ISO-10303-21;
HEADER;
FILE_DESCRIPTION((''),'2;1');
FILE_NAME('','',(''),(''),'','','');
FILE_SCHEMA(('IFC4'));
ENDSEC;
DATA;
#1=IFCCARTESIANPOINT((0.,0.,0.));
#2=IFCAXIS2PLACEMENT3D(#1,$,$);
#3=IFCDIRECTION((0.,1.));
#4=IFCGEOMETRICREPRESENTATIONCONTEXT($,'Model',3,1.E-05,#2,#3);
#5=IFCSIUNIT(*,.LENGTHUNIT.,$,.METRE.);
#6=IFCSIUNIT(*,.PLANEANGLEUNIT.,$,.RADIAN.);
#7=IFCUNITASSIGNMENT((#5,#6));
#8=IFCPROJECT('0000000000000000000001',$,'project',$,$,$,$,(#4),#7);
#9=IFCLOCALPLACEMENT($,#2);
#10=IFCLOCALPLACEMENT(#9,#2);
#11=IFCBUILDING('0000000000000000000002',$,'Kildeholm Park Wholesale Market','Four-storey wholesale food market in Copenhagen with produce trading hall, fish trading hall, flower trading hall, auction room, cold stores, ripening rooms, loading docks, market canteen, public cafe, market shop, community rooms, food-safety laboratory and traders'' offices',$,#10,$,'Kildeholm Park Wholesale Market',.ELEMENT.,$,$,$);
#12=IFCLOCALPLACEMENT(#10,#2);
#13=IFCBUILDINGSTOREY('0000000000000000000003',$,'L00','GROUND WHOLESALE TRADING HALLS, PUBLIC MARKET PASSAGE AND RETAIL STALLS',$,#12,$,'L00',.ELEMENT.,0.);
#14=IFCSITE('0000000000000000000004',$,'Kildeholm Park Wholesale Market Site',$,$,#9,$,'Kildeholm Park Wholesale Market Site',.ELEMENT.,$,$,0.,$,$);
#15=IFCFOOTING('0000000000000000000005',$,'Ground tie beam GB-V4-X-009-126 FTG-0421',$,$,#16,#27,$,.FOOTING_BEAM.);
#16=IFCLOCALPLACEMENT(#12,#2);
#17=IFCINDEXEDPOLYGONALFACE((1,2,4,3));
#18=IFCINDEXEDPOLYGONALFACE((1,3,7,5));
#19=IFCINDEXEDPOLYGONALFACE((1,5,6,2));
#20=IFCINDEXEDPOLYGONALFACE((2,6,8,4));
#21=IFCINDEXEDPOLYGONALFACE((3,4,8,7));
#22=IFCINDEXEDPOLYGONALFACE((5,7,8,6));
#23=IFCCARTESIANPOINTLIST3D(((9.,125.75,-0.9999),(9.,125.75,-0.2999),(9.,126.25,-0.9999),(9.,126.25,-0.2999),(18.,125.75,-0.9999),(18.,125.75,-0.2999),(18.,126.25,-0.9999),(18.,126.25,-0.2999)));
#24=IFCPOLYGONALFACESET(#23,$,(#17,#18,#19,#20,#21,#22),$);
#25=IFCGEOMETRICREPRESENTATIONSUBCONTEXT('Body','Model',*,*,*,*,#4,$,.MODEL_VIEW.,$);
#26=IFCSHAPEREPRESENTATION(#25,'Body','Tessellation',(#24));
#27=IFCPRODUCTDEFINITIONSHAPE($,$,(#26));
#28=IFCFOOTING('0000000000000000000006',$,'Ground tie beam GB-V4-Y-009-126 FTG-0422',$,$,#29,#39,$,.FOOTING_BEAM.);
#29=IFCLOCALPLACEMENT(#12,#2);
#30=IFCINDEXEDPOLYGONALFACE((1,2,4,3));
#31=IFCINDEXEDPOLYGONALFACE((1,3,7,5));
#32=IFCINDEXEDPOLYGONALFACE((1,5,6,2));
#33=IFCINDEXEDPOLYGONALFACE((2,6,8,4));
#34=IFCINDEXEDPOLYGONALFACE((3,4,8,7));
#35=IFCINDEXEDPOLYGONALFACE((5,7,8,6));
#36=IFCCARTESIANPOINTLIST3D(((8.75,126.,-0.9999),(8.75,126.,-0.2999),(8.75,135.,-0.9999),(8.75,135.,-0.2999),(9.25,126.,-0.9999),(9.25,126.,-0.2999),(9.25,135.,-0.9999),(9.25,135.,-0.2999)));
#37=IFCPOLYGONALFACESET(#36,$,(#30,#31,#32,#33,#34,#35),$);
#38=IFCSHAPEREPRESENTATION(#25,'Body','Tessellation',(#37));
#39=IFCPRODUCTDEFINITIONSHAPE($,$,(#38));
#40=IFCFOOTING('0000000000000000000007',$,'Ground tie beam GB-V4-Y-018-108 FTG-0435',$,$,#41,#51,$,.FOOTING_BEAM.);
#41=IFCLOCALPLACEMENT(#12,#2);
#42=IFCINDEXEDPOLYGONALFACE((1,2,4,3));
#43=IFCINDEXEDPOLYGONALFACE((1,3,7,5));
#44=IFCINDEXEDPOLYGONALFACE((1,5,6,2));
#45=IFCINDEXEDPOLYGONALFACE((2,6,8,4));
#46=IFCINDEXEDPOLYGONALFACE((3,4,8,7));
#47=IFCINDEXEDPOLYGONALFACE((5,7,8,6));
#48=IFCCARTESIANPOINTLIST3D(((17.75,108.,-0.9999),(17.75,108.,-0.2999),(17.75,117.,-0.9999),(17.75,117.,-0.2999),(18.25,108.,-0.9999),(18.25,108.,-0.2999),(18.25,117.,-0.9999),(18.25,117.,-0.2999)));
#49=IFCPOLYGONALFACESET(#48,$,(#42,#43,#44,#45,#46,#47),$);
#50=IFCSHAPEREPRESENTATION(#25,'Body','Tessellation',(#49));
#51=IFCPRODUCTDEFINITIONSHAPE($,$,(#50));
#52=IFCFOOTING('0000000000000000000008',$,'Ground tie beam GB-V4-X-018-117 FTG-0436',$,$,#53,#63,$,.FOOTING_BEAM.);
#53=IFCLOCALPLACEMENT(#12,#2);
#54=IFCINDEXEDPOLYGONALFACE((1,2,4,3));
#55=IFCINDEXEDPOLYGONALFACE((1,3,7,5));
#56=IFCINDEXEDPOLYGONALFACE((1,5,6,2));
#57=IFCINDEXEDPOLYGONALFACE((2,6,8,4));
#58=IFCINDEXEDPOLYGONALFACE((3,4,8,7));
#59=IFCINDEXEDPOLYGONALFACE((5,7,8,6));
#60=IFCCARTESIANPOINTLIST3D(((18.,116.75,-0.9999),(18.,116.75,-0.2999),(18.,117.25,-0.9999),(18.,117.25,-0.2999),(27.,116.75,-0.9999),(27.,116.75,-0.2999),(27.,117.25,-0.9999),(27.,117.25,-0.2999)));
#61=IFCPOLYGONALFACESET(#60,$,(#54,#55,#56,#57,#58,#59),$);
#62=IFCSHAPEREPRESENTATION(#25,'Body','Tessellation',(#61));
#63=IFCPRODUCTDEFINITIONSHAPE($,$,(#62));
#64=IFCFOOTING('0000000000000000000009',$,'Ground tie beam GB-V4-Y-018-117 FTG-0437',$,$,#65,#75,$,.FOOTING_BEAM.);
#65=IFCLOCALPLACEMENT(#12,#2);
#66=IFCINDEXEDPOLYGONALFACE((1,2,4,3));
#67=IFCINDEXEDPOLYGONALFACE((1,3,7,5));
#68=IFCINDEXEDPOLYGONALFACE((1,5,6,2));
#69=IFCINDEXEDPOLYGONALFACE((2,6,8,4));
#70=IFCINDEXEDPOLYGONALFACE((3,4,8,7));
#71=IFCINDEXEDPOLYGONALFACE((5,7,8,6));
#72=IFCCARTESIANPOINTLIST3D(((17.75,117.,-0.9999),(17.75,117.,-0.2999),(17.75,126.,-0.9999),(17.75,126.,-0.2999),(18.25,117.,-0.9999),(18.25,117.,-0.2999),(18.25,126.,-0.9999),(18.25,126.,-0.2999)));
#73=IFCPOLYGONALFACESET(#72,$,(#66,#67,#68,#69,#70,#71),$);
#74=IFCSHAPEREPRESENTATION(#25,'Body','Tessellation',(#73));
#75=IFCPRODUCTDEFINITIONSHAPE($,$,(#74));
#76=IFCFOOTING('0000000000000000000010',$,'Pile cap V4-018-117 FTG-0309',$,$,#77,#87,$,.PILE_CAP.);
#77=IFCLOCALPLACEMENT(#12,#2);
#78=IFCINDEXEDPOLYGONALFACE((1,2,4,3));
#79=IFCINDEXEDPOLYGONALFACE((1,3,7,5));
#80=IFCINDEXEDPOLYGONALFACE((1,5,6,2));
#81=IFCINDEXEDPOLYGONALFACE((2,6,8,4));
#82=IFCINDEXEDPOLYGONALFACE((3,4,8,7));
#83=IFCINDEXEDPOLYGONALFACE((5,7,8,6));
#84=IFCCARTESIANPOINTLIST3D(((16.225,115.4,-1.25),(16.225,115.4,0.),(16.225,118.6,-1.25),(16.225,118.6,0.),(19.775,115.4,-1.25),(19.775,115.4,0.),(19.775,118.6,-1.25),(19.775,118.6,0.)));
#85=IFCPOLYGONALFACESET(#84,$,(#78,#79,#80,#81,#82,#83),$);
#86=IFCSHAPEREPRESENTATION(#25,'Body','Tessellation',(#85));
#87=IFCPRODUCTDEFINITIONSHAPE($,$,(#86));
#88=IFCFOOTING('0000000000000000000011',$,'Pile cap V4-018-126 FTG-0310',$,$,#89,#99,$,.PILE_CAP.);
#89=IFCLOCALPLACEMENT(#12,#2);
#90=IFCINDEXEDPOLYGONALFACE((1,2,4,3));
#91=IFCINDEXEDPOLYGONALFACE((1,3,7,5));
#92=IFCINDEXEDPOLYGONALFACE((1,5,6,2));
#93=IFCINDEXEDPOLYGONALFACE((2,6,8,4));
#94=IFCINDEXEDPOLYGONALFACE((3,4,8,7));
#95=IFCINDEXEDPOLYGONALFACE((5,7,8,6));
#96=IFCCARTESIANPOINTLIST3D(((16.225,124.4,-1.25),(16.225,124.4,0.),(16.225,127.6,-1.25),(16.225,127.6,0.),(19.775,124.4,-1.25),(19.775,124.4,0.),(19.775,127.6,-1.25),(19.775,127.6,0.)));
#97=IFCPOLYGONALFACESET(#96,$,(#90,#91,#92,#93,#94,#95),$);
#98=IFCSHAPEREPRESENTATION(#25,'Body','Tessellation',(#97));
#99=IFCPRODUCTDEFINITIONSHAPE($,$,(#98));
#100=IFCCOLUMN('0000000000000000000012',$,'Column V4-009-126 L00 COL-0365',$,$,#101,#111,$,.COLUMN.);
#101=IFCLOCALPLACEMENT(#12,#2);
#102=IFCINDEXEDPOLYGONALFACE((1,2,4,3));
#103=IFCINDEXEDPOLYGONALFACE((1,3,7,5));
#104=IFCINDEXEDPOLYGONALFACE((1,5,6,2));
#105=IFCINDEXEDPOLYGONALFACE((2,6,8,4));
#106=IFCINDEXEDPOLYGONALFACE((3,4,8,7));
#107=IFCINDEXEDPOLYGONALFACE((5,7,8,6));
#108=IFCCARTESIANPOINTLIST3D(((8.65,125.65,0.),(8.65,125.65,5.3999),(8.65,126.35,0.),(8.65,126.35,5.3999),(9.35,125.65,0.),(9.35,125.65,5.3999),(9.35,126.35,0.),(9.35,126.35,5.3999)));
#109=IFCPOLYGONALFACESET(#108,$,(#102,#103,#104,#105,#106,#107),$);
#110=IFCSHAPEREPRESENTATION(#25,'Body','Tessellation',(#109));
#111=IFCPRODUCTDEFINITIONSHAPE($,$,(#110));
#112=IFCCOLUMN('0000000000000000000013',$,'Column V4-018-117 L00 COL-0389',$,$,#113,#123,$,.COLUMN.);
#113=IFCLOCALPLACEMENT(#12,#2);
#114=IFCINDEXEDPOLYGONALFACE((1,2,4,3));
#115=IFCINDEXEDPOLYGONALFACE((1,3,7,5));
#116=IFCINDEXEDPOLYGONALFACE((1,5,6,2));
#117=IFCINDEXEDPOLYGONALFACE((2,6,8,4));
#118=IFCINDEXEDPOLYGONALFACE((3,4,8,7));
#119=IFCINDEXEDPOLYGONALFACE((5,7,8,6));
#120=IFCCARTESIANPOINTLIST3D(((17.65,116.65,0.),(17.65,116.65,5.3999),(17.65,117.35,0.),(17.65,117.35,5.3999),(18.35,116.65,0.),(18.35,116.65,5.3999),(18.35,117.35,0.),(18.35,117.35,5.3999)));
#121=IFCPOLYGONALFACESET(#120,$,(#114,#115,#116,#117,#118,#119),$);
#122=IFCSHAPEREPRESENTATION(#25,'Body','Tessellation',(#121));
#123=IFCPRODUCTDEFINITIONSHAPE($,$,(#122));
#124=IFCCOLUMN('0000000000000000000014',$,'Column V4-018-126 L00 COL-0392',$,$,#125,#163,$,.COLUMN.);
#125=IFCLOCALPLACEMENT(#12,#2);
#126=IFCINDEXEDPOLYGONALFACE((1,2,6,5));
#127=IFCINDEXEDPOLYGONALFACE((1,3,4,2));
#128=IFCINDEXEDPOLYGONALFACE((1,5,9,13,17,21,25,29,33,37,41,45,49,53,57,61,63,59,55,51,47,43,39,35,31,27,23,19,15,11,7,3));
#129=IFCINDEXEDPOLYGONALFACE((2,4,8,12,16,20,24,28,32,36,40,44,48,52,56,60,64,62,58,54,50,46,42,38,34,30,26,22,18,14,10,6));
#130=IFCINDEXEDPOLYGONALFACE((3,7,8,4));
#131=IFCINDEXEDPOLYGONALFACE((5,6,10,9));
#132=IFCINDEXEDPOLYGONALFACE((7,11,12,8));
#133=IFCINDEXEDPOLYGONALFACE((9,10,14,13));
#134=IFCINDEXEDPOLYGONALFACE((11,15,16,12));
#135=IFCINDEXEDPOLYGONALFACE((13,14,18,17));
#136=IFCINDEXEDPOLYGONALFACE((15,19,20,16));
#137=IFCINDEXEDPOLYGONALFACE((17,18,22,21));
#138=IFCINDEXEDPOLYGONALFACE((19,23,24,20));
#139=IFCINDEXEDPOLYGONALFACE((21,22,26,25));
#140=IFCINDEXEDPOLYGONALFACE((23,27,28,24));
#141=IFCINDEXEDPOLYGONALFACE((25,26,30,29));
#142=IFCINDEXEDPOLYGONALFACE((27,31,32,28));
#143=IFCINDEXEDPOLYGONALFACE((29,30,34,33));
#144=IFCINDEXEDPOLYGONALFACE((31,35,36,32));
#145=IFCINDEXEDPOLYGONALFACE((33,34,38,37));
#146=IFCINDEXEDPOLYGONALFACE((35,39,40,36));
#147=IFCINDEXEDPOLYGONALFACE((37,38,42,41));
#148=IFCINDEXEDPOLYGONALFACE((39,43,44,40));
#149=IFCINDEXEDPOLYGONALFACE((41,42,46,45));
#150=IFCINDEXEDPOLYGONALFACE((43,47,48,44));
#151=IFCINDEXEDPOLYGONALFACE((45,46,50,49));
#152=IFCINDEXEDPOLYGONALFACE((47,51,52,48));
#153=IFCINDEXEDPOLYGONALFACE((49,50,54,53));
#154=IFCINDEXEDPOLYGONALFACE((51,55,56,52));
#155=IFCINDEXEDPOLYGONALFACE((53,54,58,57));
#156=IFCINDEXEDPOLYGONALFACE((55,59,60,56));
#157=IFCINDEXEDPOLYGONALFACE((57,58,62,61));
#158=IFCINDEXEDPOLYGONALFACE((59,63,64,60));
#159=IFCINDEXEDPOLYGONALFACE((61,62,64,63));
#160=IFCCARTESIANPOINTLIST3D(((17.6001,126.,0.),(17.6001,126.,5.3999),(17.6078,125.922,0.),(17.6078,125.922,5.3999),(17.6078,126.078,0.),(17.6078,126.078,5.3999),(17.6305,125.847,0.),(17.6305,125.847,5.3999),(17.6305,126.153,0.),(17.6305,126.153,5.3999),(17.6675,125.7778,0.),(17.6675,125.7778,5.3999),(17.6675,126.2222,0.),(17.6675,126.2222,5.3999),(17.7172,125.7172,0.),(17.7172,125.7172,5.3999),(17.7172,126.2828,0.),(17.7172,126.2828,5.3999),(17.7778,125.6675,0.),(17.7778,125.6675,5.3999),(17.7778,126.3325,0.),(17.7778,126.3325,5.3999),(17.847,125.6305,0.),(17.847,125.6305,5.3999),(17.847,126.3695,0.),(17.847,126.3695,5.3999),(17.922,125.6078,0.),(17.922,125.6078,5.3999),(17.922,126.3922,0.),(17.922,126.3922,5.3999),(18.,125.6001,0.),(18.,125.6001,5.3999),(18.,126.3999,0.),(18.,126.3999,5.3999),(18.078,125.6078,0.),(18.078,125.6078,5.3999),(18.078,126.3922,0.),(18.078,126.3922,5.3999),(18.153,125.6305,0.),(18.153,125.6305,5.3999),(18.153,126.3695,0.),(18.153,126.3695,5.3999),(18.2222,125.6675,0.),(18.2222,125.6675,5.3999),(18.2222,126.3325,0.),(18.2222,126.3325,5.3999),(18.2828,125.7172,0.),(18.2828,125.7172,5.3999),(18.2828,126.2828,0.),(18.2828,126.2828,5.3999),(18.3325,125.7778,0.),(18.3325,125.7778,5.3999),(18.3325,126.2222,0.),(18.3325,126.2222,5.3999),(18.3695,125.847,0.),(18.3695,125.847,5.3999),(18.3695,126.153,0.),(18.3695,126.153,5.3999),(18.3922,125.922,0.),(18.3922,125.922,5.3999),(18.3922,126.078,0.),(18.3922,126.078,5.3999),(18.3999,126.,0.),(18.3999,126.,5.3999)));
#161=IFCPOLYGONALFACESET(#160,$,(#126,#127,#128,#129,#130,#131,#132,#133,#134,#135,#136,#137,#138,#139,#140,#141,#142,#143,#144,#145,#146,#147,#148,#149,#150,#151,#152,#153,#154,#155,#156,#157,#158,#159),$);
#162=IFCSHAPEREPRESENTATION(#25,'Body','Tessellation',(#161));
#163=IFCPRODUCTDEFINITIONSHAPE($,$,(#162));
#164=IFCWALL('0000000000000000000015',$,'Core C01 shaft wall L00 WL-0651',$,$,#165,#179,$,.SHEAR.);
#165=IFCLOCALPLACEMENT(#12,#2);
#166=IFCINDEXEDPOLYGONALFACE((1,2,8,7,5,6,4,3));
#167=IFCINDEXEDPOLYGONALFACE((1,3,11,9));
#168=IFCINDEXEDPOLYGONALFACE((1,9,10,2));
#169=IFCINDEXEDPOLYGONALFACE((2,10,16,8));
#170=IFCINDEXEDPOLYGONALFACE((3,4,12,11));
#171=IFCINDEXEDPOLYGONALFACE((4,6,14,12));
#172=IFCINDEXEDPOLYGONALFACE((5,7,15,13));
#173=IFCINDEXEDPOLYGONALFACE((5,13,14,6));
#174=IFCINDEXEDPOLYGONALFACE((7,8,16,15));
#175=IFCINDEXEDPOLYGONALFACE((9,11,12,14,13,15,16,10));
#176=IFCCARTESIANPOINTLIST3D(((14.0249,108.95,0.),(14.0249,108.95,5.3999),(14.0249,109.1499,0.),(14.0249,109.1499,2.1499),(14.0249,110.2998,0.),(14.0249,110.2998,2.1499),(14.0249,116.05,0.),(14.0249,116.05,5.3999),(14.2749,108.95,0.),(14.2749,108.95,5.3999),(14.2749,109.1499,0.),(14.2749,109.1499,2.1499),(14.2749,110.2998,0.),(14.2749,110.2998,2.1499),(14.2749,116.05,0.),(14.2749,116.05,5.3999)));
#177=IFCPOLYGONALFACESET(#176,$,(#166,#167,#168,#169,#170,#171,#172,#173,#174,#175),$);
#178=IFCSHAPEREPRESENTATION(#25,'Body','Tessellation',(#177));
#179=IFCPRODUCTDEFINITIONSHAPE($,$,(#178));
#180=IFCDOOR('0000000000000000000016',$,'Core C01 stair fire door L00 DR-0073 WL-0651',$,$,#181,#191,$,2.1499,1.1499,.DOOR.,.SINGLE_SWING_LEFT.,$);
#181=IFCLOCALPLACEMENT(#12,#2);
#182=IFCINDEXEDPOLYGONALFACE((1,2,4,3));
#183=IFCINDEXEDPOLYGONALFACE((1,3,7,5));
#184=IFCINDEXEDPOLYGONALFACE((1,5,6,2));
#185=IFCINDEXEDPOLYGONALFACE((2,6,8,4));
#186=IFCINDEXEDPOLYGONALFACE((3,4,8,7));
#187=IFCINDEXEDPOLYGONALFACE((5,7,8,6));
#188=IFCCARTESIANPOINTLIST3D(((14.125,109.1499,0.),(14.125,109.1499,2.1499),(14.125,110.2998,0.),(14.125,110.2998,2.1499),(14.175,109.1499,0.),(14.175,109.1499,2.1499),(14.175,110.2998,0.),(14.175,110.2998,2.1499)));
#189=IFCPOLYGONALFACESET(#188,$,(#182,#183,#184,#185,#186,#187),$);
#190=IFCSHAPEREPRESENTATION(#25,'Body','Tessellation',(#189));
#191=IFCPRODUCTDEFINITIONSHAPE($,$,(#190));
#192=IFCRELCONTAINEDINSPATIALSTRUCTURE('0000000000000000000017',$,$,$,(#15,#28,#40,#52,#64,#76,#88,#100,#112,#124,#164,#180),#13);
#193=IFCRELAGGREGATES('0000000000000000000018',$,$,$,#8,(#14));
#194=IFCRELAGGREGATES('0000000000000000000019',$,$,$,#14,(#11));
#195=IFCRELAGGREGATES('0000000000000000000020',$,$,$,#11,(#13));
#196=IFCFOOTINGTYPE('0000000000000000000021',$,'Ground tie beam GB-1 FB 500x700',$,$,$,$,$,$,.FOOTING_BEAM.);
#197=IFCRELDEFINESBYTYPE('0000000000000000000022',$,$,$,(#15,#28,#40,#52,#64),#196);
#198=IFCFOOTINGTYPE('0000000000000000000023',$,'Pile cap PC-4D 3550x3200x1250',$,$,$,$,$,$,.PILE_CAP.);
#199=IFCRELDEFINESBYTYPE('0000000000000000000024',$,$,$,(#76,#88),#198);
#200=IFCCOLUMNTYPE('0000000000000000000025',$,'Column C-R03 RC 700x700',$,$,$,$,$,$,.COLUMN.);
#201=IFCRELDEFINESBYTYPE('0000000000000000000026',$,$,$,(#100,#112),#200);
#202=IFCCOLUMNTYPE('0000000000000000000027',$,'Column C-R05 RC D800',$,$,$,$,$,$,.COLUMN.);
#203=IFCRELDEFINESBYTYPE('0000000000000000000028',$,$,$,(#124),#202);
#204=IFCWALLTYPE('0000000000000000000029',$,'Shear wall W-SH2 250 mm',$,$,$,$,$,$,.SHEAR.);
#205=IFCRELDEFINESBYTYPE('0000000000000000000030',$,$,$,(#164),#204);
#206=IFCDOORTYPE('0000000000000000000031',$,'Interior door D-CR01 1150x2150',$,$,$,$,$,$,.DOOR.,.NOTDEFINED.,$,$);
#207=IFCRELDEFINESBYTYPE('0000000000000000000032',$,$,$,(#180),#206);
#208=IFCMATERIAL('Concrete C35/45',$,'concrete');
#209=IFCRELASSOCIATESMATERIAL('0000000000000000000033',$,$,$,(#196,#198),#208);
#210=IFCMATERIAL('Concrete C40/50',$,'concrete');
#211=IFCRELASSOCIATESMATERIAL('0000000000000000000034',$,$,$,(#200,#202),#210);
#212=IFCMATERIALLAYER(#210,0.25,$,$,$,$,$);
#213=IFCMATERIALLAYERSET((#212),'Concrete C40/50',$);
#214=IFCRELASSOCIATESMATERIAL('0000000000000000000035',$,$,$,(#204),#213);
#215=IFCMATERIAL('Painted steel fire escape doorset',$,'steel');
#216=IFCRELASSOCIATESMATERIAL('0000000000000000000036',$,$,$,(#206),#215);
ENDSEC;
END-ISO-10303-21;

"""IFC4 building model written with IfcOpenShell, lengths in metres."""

from ifc_helpers import new_model, si_unit, direction, frame, frame_2d, origin, origin_2d, place, context, subcontext, project, spatial, rectangle, circle, extrude, material, layer, layer_set, material_profile, profile_set, type_object, element, fill, save


model = new_model("IFC4")

# Units and contexts
model_context = context("Model", 3, precision=1e-05, world=origin(), true_north=direction((0.0, 1.0)))
body_context = subcontext(model_context, "Body", "Model", "MODEL_VIEW")
ifc_project = project(units=[si_unit("LENGTHUNIT", "METRE"), si_unit("PLANEANGLEUNIT", "RADIAN")], contexts=[model_context])

# Site, building, storey
site_placement = place(None, origin())
site = spatial("IfcSite", under=ifc_project, at=site_placement, Name="Kildeholm Park Wholesale Market Site", LongName="Kildeholm Park Wholesale Market Site", CompositionType="ELEMENT", RefElevation=0.0)
building_placement = place(site_placement, origin())
building = spatial("IfcBuilding", under=site, at=building_placement, Name="Kildeholm Park Wholesale Market", Description="Four-storey wholesale food market in Copenhagen with produce trading hall, fish trading hall, flower trading hall, auction room, cold stores, ripening rooms, loading docks, market canteen, public cafe, market shop, community rooms, food-safety laboratory and traders' offices", LongName="Kildeholm Park Wholesale Market", CompositionType="ELEMENT")
storey_placement = place(building_placement, origin())
storey = spatial("IfcBuildingStorey", under=building, at=storey_placement, Name="L00", Description="GROUND WHOLESALE TRADING HALLS, PUBLIC MARKET PASSAGE AND RETAIL STALLS", LongName="L00", CompositionType="ELEMENT", Elevation=0.0)

# Shared definitions
ifc_material_1 = material(Name="Concrete C35/45", Category="concrete")

# Footings
ifc_material_profile_1 = material_profile(ifc_material_1, rectangle(XDim=0.5, YDim=0.7, at=origin_2d()), Name="FB 500x700")
ifc_profile_set_1 = profile_set([ifc_material_profile_1], Name="Concrete C35/45")
footing_type_1 = type_object("IfcFootingType", Name="Ground tie beam GB-1 FB 500x700", PredefinedType="FOOTING_BEAM", material=ifc_profile_set_1)
for number, where, z_axis, x_axis, name in (
    (1, (9.0, 126.0, -0.6499), (1.0, 0.0, 0.0), (0.0, 1.0, 0.0), "Ground tie beam GB-V4-X-009-126 FTG-0421"),
    (2, (9.0, 126.0, -0.6499), (0.0, 1.0, 0.0), (-1.0, 0.0, 0.0), "Ground tie beam GB-V4-Y-009-126 FTG-0422"),
    (3, (18.0, 108.0, -0.6499), (0.0, 1.0, 0.0), (-1.0, 0.0, 0.0), "Ground tie beam GB-V4-Y-018-108 FTG-0435"),
    (4, (18.0, 117.0, -0.6499), (1.0, 0.0, 0.0), (0.0, 1.0, 0.0), "Ground tie beam GB-V4-X-018-117 FTG-0436"),
    (5, (18.0, 117.0, -0.6499), (0.0, 1.0, 0.0), (-1.0, 0.0, 0.0), "Ground tie beam GB-V4-Y-018-117 FTG-0437"),
):
    element("IfcFooting", number, at=place(storey_placement, frame(where, z_axis=z_axis, x_axis=x_axis)), inside=storey, type_object=footing_type_1, Name=name, PredefinedType="FOOTING_BEAM", context=body_context, shape_type="SweptSolid", body=[
        extrude(rectangle(XDim=0.5, YDim=0.7, at=origin_2d()), origin(), (0.0, 0.0, 1.0), 9.0),
    ])
footing_type_2 = type_object("IfcFootingType", Name="Pile cap PC-4D 3550x3200x1250", PredefinedType="PILE_CAP", material=ifc_material_1)
for number, where, z_axis, x_axis, name in (
    (6, (18.0, 117.0, -1.25), (0.0, 0.0, 1.0), (1.0, 0.0, 0.0), "Pile cap V4-018-117 FTG-0309"),
    (7, (18.0, 126.0, -1.25), (0.0, 0.0, 1.0), (1.0, 0.0, 0.0), "Pile cap V4-018-126 FTG-0310"),
):
    element("IfcFooting", number, at=place(storey_placement, frame(where, z_axis=z_axis, x_axis=x_axis)), inside=storey, type_object=footing_type_2, Name=name, PredefinedType="PILE_CAP", context=body_context, shape_type="SweptSolid", body=[
        extrude(rectangle(XDim=3.55, YDim=3.2, at=origin_2d()), origin(), (0.0, 0.0, 1.0), 1.25),
    ])

# Columns
ifc_material_2 = material(Name="Concrete C40/50", Category="concrete")
ifc_material_profile_2 = material_profile(ifc_material_2, rectangle(XDim=0.7, YDim=0.7, at=origin_2d()), Name="RC 700x700")
ifc_profile_set_2 = profile_set([ifc_material_profile_2], Name="Concrete C40/50")
column_type_1 = type_object("IfcColumnType", Name="Column C-R03 RC 700x700", PredefinedType="COLUMN", material=ifc_profile_set_2)
for number, where, z_axis, x_axis, name in (
    (8, (9.0, 126.0, 0.0), (0.0, 0.0, 1.0), (1.0, 0.0, 0.0), "Column V4-009-126 L00 COL-0365"),
    (9, (18.0, 117.0, 0.0), (0.0, 0.0, 1.0), (1.0, 0.0, 0.0), "Column V4-018-117 L00 COL-0389"),
):
    element("IfcColumn", number, at=place(storey_placement, frame(where, z_axis=z_axis, x_axis=x_axis)), inside=storey, type_object=column_type_1, Name=name, PredefinedType="COLUMN", context=body_context, shape_type="SweptSolid", body=[
        extrude(rectangle(XDim=0.7, YDim=0.7, at=origin_2d()), origin(), (0.0, 0.0, 1.0), 5.3999),
    ])
ifc_material_profile_3 = material_profile(ifc_material_2, circle(Radius=0.3999, at=origin_2d()), Name="RC D800")
ifc_profile_set_3 = profile_set([ifc_material_profile_3], Name="Concrete C40/50")
column_type_2 = type_object("IfcColumnType", Name="Column C-R05 RC D800", PredefinedType="COLUMN", material=ifc_profile_set_3)
column_placement = place(storey_placement, frame((18.0, 126.0, 0.0), z_axis=(0.0, 0.0, 1.0), x_axis=(1.0, 0.0, 0.0)))
element("IfcColumn", 10, at=column_placement, inside=storey, type_object=column_type_2, Name="Column V4-018-126 L00 COL-0392", PredefinedType="COLUMN", context=body_context, shape_type="SweptSolid", body=[
    extrude(circle(Radius=0.3999, at=origin_2d()), origin(), (0.0, 0.0, 1.0), 5.3999),
])

# Wall, opening, door
ifc_layer_1 = layer(ifc_material_2, 0.25)
ifc_layer_set_1 = layer_set([ifc_layer_1], Name="Concrete C40/50")
wall_type_1 = type_object("IfcWallType", Name="Shear wall W-SH2 250 mm", PredefinedType="SHEAR", material=ifc_layer_set_1)
wall_1_placement = place(storey_placement, frame((14.1499, 108.95, 0.0), z_axis=(0.0, 0.0, 1.0), x_axis=(0.0, 1.0, 0.0)))
wall_1 = element("IfcWall", 11, at=wall_1_placement, inside=storey, type_object=wall_type_1, Name="Core C01 shaft wall L00 WL-0651", PredefinedType="SHEAR", context=body_context, shape_type="SweptSolid", body=[
    extrude(rectangle(XDim=7.1001, YDim=0.25, at=frame_2d((3.55, 0.0))), origin(), (0.0, 0.0, 1.0), 5.3999),
])
opening_1_placement = place(wall_1_placement, frame((0.2, 0.0, 0.0)))
opening_1 = element("IfcOpeningElement", 12, at=opening_1_placement, cuts=wall_1, PredefinedType="OPENING", context=body_context, shape_type="SweptSolid", body=[
    extrude(rectangle(XDim=1.1499, YDim=2.1499, at=frame_2d((0.575, 1.075))), frame((0.0, 0.135, 0.0), z_axis=(0.0, -1.0, 0.0), x_axis=(1.0, 0.0, 0.0)), (0.0, 0.0, 1.0), 0.27),
])
ifc_material_3 = material(Name="Painted steel fire escape doorset", Category="steel")
door_type_1 = type_object("IfcDoorType", Name="Interior door D-CR01 1150x2150", OperationType="NOTDEFINED", PredefinedType="DOOR", material=ifc_material_3)
door_1_placement = place(opening_1_placement, origin())
door_1 = element("IfcDoor", 13, at=door_1_placement, inside=storey, type_object=door_type_1, Name="Core C01 stair fire door L00 DR-0073 WL-0651", OperationType="SINGLE_SWING_LEFT", OverallHeight=2.1499, OverallWidth=1.1499, PredefinedType="DOOR", context=body_context, shape_type="SweptSolid", body=[
    extrude(rectangle(XDim=1.1499, YDim=2.1499, at=frame_2d((0.575, 1.075))), frame((0.0, 0.0249, 0.0), z_axis=(0.0, -1.0, 0.0), x_axis=(1.0, 0.0, 0.0)), (0.0, 0.0, 1.0), 0.05),
])
fill(opening_1, door_1)

save(model, "model.ifc")
